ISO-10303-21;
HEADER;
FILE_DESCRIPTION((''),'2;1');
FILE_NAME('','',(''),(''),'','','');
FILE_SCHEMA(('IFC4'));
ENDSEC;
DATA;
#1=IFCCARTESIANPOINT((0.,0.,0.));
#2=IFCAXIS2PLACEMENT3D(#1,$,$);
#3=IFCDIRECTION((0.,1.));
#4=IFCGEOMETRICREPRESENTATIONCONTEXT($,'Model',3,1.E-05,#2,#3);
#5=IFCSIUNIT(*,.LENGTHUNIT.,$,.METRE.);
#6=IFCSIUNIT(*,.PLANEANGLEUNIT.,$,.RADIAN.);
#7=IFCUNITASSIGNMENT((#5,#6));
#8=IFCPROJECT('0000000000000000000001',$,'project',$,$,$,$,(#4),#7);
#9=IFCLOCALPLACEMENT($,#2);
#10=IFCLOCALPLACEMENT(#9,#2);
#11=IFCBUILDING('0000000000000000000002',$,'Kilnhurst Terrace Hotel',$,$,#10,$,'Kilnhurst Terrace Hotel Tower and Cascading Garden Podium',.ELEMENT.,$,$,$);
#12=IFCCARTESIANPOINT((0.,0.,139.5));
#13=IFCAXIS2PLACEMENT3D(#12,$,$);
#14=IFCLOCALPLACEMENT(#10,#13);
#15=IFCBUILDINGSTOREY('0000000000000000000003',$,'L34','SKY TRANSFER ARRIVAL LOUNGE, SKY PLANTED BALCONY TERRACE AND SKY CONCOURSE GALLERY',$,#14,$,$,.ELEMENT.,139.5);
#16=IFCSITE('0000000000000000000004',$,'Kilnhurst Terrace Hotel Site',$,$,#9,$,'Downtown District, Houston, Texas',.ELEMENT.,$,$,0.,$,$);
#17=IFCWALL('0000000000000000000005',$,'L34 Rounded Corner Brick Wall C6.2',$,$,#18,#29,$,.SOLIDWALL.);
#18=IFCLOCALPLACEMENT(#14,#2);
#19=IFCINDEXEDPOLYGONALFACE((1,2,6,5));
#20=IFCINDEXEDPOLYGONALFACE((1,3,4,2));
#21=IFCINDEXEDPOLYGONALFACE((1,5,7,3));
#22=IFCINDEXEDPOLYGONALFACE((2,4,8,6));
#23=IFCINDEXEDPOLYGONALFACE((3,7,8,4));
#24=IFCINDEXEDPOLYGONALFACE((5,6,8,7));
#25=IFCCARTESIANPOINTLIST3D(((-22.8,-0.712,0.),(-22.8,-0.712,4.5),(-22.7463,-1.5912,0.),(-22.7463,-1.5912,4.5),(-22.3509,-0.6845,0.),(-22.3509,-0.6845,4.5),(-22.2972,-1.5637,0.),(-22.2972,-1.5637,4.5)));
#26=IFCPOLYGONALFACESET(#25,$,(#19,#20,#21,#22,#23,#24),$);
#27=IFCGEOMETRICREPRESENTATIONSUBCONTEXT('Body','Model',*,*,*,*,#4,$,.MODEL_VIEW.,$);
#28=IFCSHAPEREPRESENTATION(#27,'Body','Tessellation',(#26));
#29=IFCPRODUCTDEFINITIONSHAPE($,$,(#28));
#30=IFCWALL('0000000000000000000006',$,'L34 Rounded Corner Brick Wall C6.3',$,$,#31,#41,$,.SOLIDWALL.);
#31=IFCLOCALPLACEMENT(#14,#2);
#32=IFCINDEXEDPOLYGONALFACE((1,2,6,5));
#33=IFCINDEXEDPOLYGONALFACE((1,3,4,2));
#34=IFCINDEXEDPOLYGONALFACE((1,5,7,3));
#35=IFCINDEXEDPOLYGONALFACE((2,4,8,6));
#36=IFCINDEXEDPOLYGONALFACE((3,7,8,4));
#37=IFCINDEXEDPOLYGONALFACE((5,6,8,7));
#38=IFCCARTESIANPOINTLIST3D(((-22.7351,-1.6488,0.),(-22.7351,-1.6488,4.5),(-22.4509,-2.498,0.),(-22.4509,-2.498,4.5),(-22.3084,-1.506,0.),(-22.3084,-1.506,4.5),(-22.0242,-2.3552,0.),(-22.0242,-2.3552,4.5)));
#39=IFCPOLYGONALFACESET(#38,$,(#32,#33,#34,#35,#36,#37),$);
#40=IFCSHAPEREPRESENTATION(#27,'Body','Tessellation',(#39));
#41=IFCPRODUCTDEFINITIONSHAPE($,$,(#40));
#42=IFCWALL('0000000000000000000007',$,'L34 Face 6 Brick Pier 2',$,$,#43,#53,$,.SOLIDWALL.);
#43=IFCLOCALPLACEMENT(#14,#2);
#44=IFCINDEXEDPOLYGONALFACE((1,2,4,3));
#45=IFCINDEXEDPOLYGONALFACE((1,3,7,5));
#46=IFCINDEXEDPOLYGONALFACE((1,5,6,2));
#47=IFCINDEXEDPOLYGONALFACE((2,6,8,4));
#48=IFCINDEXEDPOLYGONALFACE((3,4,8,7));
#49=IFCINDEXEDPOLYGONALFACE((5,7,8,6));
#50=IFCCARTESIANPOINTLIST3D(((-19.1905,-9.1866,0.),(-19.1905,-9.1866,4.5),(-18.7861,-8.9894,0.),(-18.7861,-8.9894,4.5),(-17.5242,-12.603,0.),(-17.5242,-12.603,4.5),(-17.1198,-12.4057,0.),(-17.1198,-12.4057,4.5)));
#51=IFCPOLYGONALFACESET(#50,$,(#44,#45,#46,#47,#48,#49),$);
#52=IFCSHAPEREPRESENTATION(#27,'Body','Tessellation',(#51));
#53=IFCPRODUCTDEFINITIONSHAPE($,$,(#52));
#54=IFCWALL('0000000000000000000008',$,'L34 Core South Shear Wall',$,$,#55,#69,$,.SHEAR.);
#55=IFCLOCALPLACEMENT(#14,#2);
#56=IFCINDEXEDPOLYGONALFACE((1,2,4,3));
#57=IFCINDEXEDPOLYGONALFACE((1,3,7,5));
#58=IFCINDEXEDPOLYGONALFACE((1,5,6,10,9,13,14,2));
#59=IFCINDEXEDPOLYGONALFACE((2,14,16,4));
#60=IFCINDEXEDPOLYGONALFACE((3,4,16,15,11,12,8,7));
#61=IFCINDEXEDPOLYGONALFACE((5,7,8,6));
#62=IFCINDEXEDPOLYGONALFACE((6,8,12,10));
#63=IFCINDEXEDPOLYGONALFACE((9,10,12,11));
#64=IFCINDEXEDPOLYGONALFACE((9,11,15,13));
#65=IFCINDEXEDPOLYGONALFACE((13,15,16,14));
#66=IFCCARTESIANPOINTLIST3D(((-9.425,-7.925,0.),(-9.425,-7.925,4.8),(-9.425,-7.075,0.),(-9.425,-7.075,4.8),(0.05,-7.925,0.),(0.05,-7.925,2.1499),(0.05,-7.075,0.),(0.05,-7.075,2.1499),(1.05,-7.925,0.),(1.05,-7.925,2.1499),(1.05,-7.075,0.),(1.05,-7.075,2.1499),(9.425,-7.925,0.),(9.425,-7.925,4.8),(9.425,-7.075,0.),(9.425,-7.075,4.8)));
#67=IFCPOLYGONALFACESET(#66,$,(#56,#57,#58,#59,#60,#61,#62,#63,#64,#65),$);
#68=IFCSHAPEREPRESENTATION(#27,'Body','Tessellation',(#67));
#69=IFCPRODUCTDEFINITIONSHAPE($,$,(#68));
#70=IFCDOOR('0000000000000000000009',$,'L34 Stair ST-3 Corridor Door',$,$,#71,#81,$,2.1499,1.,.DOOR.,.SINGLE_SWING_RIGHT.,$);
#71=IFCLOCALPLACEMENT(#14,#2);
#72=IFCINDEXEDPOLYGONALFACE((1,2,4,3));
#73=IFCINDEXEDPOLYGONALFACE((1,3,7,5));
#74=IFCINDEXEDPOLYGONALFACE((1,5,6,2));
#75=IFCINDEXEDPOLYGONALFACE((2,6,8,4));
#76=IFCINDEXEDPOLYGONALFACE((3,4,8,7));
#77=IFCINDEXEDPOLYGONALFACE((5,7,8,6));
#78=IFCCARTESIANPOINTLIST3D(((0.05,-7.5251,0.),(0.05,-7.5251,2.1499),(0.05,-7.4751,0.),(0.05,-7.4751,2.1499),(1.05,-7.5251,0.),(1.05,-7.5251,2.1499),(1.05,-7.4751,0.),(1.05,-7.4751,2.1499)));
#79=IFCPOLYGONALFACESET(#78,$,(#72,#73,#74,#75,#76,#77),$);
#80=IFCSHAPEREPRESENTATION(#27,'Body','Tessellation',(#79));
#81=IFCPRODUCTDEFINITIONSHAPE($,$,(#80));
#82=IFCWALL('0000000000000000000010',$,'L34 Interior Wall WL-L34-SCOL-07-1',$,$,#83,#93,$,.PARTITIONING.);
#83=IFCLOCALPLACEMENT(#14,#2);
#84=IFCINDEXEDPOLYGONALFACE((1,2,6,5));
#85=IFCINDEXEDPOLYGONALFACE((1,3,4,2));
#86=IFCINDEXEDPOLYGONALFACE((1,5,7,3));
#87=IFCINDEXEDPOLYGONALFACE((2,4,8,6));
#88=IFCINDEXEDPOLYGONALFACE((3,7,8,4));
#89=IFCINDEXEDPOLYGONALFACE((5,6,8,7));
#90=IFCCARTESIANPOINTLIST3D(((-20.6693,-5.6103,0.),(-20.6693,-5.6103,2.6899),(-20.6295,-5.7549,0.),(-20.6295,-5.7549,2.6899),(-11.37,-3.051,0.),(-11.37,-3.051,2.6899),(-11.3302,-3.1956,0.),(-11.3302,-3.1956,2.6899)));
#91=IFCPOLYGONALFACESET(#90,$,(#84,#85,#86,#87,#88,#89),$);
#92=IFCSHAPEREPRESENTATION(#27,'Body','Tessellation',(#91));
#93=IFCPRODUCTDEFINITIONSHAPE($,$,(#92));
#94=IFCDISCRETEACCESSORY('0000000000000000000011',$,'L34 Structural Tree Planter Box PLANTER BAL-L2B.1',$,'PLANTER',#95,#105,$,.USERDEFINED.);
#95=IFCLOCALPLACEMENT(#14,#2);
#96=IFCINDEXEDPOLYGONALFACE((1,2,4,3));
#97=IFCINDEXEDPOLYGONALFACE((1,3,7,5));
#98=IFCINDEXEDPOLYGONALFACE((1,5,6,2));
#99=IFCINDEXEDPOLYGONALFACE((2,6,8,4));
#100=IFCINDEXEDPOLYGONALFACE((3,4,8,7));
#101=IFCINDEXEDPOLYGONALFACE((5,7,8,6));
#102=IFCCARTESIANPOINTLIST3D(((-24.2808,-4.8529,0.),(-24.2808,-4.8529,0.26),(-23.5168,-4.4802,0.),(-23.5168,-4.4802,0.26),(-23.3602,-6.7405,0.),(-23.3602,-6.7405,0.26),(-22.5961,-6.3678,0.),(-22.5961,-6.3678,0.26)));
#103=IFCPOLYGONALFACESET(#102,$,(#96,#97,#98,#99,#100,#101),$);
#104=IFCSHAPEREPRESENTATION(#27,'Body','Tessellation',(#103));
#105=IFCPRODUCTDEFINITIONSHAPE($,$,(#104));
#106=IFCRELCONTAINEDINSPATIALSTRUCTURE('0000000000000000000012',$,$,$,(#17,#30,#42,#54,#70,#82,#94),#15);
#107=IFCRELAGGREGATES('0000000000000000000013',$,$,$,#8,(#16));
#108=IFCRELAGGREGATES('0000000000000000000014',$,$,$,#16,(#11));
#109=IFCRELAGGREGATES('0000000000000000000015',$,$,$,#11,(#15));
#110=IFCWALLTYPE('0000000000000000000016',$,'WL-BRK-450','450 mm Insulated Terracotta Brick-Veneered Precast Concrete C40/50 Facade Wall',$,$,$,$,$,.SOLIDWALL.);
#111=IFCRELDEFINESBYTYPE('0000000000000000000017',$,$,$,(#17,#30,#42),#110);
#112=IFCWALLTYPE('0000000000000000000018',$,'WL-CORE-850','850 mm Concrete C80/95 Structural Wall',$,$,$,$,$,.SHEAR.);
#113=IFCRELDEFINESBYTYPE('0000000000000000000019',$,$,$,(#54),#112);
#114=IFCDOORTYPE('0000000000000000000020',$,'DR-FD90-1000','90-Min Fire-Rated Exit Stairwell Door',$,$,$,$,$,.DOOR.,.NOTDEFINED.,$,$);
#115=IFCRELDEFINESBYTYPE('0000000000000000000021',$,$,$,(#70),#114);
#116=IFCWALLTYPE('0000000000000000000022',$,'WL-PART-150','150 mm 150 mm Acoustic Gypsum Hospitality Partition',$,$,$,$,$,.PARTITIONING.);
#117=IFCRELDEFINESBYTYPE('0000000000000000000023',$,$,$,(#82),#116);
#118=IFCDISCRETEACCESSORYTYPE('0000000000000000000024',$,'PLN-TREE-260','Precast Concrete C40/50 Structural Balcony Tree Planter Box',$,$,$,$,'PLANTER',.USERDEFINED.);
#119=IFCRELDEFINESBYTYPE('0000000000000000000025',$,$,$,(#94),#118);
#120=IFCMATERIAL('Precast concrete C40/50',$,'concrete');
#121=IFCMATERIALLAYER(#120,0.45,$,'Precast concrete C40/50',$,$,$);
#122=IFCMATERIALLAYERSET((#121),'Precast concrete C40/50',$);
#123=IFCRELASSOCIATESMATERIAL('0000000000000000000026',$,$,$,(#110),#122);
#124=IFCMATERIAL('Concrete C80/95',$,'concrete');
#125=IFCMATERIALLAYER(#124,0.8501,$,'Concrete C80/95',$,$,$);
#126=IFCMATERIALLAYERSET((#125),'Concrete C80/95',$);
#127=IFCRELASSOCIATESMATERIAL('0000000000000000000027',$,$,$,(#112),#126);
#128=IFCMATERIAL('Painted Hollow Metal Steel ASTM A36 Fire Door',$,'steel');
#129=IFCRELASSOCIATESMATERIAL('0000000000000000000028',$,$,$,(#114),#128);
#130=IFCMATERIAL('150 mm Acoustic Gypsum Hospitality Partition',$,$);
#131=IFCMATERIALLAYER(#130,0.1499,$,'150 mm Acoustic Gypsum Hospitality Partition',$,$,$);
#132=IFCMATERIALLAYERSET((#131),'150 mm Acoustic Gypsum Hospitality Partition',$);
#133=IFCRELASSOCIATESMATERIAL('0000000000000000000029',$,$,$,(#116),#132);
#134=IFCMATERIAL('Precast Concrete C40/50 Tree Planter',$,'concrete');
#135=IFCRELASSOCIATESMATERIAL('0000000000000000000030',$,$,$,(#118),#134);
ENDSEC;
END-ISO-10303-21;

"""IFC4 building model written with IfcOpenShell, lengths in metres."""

from ifc_helpers import new_model, si_unit, direction, frame, frame_2d, origin, origin_2d, place, context, subcontext, project, spatial, rectangle, extrude, material, layer, layer_set, type_object, element, fill, save


model = new_model("IFC4")

# Units and contexts
model_context = context("Model", 3, precision=1e-05, world=origin(), true_north=direction((0.0, 1.0)))
body_context = subcontext(model_context, "Body", "Model", "MODEL_VIEW")
ifc_project = project(units=[si_unit("LENGTHUNIT", "METRE"), si_unit("PLANEANGLEUNIT", "RADIAN")], contexts=[model_context])

# Site, building, storey
site_placement = place(None, origin())
site = spatial("IfcSite", under=ifc_project, at=site_placement, Name="Kilnhurst Terrace Hotel Site", LongName="Downtown District, Houston, Texas", CompositionType="ELEMENT", RefElevation=0.0)
building_placement = place(site_placement, origin())
building = spatial("IfcBuilding", under=site, at=building_placement, Name="Kilnhurst Terrace Hotel", LongName="Kilnhurst Terrace Hotel Tower and Cascading Garden Podium", CompositionType="ELEMENT")
storey_placement = place(building_placement, frame((0.0, 0.0, 139.5)))
storey = spatial("IfcBuildingStorey", under=building, at=storey_placement, Name="L34", Description="SKY TRANSFER ARRIVAL LOUNGE, SKY PLANTED BALCONY TERRACE AND SKY CONCOURSE GALLERY", CompositionType="ELEMENT", Elevation=139.5)

# Shared definitions
ifc_material_1 = material(Name="Concrete C80/95", Category="concrete")

# Walls
ifc_material_2 = material(Name="Precast concrete C40/50", Category="concrete")
ifc_layer_1 = layer(ifc_material_2, 0.45, Name="Precast concrete C40/50")
ifc_layer_set_1 = layer_set([ifc_layer_1], Name="Precast concrete C40/50")
wall_type_1 = type_object("IfcWallType", Name="WL-BRK-450", Description="450 mm Insulated Terracotta Brick-Veneered Precast Concrete C40/50 Facade Wall", PredefinedType="SOLIDWALL", material=ifc_layer_set_1)
wall_1_placement = place(storey_placement, frame((-22.5754, -0.6982, 0.0), z_axis=(0.0, 0.0, 1.0), x_axis=(0.06098, -0.998139, 0.0)))
element("IfcWall", 1, at=wall_1_placement, inside=storey, type_object=wall_type_1, Name="L34 Rounded Corner Brick Wall C6.2", PredefinedType="SOLIDWALL", context=body_context, shape_type="SweptSolid", body=[
    extrude(rectangle(XDim=0.8809, YDim=0.45, at=frame_2d((0.4404, 0.0))), origin(), (0.0, 0.0, 1.0), 4.5),
])
wall_2_placement = place(storey_placement, frame((-22.5217, -1.5774, 0.0), z_axis=(0.0, 0.0, 1.0), x_axis=(0.317373, -0.948301, 0.0)))
element("IfcWall", 2, at=wall_2_placement, inside=storey, type_object=wall_type_1, Name="L34 Rounded Corner Brick Wall C6.3", PredefinedType="SOLIDWALL", context=body_context, shape_type="SweptSolid", body=[
    extrude(rectangle(XDim=0.8955, YDim=0.45, at=frame_2d((0.4478, 0.0))), origin(), (0.0, 0.0, 1.0), 4.5),
])

# Wall
wall_3_placement = place(storey_placement, frame((-18.9883, -9.0881, 0.0), z_axis=(0.0, 0.0, 1.0), x_axis=(0.438379, -0.89879, 0.0)))
element("IfcWall", 3, at=wall_3_placement, inside=storey, type_object=wall_type_1, Name="L34 Face 6 Brick Pier 2", PredefinedType="SOLIDWALL", context=body_context, shape_type="SweptSolid", body=[
    extrude(rectangle(XDim=3.801, YDim=0.45, at=frame_2d((1.9004, 0.0))), origin(), (0.0, 0.0, 1.0), 4.5),
])

# Wall, opening, door
ifc_layer_2 = layer(ifc_material_1, 0.8501, Name="Concrete C80/95")
ifc_layer_set_2 = layer_set([ifc_layer_2], Name="Concrete C80/95")
wall_type_2 = type_object("IfcWallType", Name="WL-CORE-850", Description="850 mm Concrete C80/95 Structural Wall", PredefinedType="SHEAR", material=ifc_layer_set_2)
wall_4_placement = place(storey_placement, frame((-9.425, -7.5, 0.0), z_axis=(0.0, 0.0, 1.0), x_axis=(1.0, 0.0, 0.0)))
wall_4 = element("IfcWall", 4, at=wall_4_placement, inside=storey, type_object=wall_type_2, Name="L34 Core South Shear Wall", PredefinedType="SHEAR", context=body_context, shape_type="SweptSolid", body=[
    extrude(rectangle(XDim=18.8501, YDim=0.8501, at=frame_2d((9.425, 0.0))), origin(), (0.0, 0.0, 1.0), 4.8),
])
opening_1_placement = place(wall_4_placement, frame((9.4751, 0.0, 0.0)))
opening_1 = element("IfcOpeningElement", 5, at=opening_1_placement, cuts=wall_4, PredefinedType="OPENING", context=body_context, shape_type="SweptSolid", body=[
    extrude(rectangle(XDim=1.0, YDim=2.1499, at=frame_2d((0.5, 1.075))), frame((0.0, 0.4351, 0.0), z_axis=(0.0, -1.0, 0.0), x_axis=(1.0, 0.0, 0.0)), (0.0, 0.0, 1.0), 0.8701),
])
ifc_material_3 = material(Name="Painted Hollow Metal Steel ASTM A36 Fire Door", Category="steel")
door_type_1 = type_object("IfcDoorType", Name="DR-FD90-1000", Description="90-Min Fire-Rated Exit Stairwell Door", OperationType="NOTDEFINED", PredefinedType="DOOR", material=ifc_material_3)
door_1_placement = place(opening_1_placement, origin())
door_1 = element("IfcDoor", 6, at=door_1_placement, inside=storey, type_object=door_type_1, Name="L34 Stair ST-3 Corridor Door", OperationType="SINGLE_SWING_RIGHT", OverallHeight=2.1499, OverallWidth=1.0, PredefinedType="DOOR", context=body_context, shape_type="SweptSolid", body=[
    extrude(rectangle(XDim=1.0, YDim=2.1499, at=frame_2d((0.5, 1.075))), frame((0.0, 0.0249, 0.0), z_axis=(0.0, -1.0, 0.0), x_axis=(1.0, 0.0, 0.0)), (0.0, 0.0, 1.0), 0.05),
])
fill(opening_1, door_1)

# Wall
ifc_material_4 = material(Name="150 mm Acoustic Gypsum Hospitality Partition")
ifc_layer_3 = layer(ifc_material_4, 0.1499, Name="150 mm Acoustic Gypsum Hospitality Partition")
ifc_layer_set_3 = layer_set([ifc_layer_3], Name="150 mm Acoustic Gypsum Hospitality Partition")
wall_type_3 = type_object("IfcWallType", Name="WL-PART-150", Description="150 mm 150 mm Acoustic Gypsum Hospitality Partition", PredefinedType="PARTITIONING", material=ifc_layer_set_3)
wall_5_placement = place(storey_placement, frame((-11.3501, -3.1233, 0.0), z_axis=(0.0, 0.0, 1.0), x_axis=(-0.964152, -0.265351, 0.0)))
element("IfcWall", 7, at=wall_5_placement, inside=storey, type_object=wall_type_3, Name="L34 Interior Wall WL-L34-SCOL-07-1", PredefinedType="PARTITIONING", context=body_context, shape_type="SweptSolid", body=[
    extrude(rectangle(XDim=9.645, YDim=0.1499, at=frame_2d((4.8225, 0.0))), origin(), (0.0, 0.0, 1.0), 2.6899),
])

# Discrete accessory
ifc_material_5 = material(Name="Precast Concrete C40/50 Tree Planter", Category="concrete")
discrete_accessory_type = type_object("IfcDiscreteAccessoryType", Name="PLN-TREE-260", Description="Precast Concrete C40/50 Structural Balcony Tree Planter Box", ElementType="PLANTER", PredefinedType="USERDEFINED", material=ifc_material_5)
discrete_accessory_placement = place(storey_placement, frame((-23.4385, -5.6104, 0.0), z_axis=(0.0, 0.0, 1.0), x_axis=(0.438387, -0.898786, 0.0)))
element("IfcDiscreteAccessory", 8, at=discrete_accessory_placement, inside=storey, type_object=discrete_accessory_type, Name="L34 Structural Tree Planter Box PLANTER BAL-L2B.1", ObjectType="PLANTER", PredefinedType="USERDEFINED", context=body_context, shape_type="SweptSolid", body=[
    extrude(rectangle(XDim=2.1001, YDim=0.8501, at=origin_2d()), origin(), (0.0, 0.0, 1.0), 0.26),
])

save(model, "model.ifc")
